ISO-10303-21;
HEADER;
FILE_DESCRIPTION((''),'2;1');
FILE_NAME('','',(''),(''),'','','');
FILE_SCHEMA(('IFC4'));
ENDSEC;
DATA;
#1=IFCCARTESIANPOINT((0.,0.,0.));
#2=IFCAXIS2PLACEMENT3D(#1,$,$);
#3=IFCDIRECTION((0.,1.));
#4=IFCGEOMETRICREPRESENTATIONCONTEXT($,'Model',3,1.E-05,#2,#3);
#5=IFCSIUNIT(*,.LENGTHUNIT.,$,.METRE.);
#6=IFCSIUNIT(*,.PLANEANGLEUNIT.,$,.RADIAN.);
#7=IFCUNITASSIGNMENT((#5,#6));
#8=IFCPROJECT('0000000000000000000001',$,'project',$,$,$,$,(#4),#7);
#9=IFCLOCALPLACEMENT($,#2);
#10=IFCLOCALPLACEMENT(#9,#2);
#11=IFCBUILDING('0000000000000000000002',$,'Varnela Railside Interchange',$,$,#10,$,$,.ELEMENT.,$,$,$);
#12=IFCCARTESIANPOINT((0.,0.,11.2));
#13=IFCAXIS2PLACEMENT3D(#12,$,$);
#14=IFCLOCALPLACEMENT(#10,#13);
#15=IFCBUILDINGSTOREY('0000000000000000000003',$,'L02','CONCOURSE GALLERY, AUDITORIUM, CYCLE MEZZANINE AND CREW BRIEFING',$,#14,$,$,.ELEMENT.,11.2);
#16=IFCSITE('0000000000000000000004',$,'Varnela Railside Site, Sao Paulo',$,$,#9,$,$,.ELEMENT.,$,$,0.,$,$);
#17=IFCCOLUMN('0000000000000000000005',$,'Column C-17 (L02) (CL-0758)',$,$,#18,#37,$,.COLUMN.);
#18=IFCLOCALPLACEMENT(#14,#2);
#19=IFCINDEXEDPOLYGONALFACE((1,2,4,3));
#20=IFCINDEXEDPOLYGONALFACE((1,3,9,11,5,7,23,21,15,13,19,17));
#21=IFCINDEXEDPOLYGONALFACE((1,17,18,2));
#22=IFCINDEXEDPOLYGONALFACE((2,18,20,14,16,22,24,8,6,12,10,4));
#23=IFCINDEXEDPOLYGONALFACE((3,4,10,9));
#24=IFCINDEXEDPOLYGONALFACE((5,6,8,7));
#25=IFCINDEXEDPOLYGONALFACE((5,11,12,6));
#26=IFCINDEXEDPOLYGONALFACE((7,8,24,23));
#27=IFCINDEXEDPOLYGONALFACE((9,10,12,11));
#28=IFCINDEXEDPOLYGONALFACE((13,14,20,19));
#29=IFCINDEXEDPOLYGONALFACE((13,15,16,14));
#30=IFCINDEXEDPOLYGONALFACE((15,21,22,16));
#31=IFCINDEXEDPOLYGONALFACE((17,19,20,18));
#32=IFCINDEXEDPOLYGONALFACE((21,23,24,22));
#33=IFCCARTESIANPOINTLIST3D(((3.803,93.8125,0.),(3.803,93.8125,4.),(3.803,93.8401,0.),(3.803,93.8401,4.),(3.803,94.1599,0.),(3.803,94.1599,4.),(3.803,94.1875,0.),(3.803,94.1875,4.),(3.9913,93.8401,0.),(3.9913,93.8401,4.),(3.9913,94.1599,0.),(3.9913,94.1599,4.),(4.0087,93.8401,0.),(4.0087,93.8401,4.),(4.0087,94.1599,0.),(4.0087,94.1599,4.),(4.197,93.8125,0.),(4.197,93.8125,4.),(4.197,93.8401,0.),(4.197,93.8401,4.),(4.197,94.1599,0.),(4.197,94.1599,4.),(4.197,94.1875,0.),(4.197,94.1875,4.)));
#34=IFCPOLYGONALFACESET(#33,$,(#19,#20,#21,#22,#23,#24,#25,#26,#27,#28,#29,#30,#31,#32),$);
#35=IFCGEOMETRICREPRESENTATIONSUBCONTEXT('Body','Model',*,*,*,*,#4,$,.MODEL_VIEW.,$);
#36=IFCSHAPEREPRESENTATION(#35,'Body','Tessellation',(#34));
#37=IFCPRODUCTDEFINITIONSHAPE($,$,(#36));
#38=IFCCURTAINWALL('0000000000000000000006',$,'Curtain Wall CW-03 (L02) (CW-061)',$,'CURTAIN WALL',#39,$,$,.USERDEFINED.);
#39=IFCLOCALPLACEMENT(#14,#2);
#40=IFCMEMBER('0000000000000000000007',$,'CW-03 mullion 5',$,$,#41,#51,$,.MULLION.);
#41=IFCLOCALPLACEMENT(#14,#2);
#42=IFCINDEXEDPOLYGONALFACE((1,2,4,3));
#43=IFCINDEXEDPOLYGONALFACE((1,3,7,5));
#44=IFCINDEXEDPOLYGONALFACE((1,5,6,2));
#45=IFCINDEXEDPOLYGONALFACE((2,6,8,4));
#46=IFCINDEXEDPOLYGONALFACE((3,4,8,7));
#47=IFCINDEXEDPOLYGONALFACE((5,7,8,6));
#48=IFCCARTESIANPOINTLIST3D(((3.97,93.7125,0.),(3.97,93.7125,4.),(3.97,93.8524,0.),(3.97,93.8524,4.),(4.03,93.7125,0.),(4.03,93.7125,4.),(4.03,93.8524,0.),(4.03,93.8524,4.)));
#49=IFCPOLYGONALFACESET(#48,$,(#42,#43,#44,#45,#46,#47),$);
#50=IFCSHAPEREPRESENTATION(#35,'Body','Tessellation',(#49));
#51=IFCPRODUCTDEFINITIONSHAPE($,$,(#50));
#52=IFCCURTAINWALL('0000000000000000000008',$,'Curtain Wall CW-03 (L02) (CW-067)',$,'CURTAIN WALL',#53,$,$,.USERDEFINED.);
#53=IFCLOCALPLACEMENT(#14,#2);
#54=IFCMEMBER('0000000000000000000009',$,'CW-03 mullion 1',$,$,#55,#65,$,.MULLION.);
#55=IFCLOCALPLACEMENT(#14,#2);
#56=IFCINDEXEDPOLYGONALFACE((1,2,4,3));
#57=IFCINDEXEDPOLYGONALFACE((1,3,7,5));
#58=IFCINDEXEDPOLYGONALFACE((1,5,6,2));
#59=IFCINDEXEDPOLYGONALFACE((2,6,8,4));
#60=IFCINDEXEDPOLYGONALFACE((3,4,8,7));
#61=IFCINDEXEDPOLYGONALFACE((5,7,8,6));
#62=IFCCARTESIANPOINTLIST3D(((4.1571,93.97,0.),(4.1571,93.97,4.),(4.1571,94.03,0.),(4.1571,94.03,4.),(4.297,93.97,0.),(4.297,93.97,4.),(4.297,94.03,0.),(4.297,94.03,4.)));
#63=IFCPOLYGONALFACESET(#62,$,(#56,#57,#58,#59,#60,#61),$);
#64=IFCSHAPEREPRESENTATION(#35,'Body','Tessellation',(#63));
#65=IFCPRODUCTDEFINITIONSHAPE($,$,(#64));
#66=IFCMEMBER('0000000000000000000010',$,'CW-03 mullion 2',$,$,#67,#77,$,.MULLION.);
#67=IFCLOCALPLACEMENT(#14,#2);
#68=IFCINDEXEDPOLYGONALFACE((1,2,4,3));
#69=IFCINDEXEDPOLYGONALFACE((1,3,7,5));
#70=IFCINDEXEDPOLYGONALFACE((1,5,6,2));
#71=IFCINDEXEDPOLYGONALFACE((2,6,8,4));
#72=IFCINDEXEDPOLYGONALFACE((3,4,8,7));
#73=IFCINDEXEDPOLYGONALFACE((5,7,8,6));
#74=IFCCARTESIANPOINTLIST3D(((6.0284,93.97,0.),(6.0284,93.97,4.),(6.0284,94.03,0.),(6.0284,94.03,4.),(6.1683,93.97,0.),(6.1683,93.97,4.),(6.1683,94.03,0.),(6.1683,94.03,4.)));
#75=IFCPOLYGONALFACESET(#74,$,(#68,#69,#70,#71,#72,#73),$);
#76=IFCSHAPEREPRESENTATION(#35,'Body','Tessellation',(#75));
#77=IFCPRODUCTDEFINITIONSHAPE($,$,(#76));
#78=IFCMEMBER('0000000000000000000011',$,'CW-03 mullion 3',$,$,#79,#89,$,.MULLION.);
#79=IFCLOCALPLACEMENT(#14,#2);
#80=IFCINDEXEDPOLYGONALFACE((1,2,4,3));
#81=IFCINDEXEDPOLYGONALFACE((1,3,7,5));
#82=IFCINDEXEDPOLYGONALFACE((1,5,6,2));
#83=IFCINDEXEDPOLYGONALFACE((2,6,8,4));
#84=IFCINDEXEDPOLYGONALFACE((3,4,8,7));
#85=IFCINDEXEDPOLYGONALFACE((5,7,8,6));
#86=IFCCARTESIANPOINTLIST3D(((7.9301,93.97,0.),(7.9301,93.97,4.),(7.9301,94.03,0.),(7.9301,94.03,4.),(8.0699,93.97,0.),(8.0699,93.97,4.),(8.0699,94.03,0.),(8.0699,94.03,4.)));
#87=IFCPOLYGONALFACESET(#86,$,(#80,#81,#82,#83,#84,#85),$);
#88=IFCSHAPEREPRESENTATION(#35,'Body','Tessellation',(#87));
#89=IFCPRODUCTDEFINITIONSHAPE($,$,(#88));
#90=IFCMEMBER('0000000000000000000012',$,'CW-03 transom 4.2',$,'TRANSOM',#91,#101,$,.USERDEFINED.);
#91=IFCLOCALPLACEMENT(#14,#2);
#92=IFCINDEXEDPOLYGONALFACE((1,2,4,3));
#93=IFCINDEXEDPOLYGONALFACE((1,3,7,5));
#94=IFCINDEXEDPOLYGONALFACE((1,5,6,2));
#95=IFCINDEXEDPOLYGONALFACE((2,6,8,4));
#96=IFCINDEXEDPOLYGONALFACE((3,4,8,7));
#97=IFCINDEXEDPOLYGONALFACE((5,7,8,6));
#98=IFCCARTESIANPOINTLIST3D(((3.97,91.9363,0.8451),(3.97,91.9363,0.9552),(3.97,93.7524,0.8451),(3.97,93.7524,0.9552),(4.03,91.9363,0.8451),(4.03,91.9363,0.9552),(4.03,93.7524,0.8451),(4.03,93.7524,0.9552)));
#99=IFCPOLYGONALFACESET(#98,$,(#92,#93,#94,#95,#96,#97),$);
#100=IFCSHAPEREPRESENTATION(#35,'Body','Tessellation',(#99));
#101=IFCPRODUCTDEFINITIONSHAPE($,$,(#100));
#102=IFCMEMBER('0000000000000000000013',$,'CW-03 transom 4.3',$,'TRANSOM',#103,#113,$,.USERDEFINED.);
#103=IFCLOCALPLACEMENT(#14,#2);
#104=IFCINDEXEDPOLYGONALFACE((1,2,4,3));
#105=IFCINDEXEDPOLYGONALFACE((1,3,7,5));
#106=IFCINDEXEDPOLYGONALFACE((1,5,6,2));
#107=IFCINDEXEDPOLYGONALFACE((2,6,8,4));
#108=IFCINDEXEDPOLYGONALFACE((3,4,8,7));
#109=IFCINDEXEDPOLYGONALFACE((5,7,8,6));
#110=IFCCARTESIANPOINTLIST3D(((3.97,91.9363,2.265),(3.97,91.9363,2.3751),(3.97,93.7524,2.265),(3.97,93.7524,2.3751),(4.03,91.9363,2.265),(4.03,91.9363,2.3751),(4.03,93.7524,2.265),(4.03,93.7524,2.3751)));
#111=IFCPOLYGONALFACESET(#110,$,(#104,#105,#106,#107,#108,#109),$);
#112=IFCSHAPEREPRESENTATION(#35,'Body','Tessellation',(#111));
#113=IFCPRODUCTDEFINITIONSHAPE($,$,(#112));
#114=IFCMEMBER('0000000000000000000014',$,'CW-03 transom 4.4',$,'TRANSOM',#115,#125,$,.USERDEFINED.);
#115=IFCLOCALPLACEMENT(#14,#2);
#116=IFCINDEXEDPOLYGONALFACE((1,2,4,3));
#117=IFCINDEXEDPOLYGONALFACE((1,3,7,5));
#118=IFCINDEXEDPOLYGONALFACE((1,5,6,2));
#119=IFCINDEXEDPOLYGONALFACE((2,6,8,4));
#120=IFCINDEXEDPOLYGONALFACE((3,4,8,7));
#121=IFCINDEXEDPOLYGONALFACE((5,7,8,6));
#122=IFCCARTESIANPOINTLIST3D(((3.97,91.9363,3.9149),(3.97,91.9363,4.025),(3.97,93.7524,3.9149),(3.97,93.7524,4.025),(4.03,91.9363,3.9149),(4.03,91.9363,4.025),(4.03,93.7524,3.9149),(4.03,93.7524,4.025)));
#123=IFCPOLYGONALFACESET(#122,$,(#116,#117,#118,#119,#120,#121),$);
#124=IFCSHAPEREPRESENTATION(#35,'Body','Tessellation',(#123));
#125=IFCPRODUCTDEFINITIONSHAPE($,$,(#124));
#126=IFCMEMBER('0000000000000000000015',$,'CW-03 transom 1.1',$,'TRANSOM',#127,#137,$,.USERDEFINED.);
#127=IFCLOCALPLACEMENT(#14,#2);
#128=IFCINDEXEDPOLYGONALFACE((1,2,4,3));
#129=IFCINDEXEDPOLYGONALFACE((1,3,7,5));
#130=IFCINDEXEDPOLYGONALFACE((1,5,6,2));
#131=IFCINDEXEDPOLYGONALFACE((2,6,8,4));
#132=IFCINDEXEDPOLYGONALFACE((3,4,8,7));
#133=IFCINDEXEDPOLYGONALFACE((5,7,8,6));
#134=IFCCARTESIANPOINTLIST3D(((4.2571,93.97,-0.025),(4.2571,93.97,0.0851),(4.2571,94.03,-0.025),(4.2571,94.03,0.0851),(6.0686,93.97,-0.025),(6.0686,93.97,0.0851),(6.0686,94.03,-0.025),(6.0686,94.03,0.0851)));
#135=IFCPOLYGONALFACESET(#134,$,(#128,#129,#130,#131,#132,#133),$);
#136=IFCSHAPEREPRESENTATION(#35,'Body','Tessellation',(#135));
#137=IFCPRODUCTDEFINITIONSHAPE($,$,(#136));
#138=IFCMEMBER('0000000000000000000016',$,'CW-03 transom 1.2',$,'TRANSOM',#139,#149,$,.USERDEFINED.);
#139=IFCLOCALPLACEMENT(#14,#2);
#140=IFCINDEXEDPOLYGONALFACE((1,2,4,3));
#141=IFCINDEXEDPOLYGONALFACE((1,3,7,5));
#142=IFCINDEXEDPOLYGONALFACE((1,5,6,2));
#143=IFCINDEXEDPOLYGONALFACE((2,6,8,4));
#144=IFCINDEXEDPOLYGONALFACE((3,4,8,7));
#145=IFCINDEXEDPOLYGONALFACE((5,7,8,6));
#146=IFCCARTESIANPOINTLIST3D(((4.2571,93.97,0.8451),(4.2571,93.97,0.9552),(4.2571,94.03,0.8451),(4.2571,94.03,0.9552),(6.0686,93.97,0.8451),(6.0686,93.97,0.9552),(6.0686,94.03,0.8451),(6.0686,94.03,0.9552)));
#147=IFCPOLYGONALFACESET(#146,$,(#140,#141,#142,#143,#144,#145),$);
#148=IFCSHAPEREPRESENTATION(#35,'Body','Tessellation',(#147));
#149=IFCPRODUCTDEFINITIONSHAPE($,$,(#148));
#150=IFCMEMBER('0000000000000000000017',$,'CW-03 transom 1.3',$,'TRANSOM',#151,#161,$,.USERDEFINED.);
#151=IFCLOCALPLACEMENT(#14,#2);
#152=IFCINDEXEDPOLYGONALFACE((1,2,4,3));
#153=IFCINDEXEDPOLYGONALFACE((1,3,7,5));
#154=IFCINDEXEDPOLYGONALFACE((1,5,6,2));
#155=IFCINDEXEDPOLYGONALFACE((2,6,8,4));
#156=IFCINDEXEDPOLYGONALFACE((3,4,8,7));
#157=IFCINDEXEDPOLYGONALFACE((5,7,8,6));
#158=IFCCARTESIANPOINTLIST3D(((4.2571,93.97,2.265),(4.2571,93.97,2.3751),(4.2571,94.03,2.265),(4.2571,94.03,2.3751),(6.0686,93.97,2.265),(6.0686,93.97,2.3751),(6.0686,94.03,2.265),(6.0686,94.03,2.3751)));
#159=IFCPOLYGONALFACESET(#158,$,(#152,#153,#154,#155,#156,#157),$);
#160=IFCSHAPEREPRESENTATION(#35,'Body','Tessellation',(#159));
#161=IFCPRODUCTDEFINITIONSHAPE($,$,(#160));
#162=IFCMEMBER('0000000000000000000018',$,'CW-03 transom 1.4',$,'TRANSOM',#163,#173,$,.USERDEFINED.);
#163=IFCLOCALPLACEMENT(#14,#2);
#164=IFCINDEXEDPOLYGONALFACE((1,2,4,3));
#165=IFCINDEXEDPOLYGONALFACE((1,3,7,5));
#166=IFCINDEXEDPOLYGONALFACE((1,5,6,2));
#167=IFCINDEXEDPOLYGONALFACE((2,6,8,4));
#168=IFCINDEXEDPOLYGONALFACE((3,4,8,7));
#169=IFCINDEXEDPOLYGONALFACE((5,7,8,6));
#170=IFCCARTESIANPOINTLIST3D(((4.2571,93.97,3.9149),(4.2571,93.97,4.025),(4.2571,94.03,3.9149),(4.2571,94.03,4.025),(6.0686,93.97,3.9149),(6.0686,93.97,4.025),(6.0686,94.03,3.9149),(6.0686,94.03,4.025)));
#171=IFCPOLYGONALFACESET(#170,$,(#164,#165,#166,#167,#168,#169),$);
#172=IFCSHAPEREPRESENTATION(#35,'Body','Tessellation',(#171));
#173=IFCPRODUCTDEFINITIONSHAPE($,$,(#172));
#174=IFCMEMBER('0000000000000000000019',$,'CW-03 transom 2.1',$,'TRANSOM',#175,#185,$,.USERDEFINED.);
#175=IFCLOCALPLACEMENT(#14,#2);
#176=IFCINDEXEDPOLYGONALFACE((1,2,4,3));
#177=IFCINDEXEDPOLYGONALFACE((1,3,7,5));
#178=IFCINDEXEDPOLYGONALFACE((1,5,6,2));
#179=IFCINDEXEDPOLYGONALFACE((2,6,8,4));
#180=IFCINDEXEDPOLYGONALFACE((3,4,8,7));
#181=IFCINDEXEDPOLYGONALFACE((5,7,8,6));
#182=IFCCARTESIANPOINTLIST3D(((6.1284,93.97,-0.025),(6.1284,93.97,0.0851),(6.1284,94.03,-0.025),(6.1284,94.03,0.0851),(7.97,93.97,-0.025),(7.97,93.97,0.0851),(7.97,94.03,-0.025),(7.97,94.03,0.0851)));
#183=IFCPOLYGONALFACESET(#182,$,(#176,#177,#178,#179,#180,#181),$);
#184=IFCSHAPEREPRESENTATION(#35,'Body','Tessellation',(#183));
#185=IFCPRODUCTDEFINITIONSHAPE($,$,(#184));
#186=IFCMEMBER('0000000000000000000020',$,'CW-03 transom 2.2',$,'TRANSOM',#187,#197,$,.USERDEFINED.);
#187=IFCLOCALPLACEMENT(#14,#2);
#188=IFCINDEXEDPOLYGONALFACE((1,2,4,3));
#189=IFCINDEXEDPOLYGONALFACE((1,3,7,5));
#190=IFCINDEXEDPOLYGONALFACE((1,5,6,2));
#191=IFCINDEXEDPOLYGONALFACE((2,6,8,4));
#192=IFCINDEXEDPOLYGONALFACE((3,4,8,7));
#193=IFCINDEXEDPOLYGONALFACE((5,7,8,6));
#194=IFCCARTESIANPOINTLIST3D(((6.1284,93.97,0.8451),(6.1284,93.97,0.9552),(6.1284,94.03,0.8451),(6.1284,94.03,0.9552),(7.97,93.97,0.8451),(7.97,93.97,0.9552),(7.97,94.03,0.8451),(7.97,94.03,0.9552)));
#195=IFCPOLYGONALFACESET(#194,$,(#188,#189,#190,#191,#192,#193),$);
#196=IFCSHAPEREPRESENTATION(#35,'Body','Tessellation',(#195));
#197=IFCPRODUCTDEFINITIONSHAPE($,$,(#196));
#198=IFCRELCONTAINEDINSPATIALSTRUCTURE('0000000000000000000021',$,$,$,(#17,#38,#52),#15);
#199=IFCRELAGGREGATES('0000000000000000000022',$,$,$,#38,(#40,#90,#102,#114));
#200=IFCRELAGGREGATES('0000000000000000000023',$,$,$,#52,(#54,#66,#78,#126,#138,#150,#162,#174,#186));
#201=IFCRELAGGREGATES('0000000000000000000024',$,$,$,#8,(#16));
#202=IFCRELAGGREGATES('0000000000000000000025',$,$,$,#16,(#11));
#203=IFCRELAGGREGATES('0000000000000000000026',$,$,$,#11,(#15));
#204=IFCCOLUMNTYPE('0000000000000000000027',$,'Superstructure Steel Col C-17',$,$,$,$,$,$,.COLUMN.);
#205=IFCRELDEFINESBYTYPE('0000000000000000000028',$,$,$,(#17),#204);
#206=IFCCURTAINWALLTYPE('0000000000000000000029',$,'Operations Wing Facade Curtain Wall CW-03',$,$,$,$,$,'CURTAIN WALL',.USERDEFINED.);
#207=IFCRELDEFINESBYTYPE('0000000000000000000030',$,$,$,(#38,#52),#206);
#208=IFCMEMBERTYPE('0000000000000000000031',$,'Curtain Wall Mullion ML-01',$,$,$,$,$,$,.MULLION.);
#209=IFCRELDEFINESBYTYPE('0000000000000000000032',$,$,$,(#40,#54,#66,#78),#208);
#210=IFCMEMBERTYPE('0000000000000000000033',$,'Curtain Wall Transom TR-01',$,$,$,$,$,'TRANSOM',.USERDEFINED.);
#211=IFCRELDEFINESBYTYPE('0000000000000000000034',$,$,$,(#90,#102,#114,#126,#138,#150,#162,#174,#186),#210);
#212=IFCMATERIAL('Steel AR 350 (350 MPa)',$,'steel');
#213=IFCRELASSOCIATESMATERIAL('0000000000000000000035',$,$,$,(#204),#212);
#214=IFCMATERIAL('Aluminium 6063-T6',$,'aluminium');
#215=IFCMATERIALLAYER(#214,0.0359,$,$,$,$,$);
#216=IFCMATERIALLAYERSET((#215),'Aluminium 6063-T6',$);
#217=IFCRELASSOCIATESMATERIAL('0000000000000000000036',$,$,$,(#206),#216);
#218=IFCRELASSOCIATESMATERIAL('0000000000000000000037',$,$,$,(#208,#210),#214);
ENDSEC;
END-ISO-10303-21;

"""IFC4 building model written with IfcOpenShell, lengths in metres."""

from ifc_helpers import new_model, si_unit, direction, frame, origin, origin_2d, place, context, subcontext, project, spatial, rectangle, i_section, extrude, material, layer, layer_set, material_profile, profile_set, type_object, element, aggregate, save


model = new_model("IFC4")

# Units and contexts
model_context = context("Model", 3, precision=1e-05, world=origin(), true_north=direction((0.0, 1.0)))
body_context = subcontext(model_context, "Body", "Model", "MODEL_VIEW")
ifc_project = project(units=[si_unit("LENGTHUNIT", "METRE"), si_unit("PLANEANGLEUNIT", "RADIAN")], contexts=[model_context])

# Site, building, storey
site_placement = place(None, origin())
site = spatial("IfcSite", under=ifc_project, at=site_placement, Name="Varnela Railside Site, Sao Paulo", CompositionType="ELEMENT", RefElevation=0.0)
building_placement = place(site_placement, origin())
building = spatial("IfcBuilding", under=site, at=building_placement, Name="Varnela Railside Interchange", CompositionType="ELEMENT")
storey_placement = place(building_placement, frame((0.0, 0.0, 11.2)))
storey = spatial("IfcBuildingStorey", under=building, at=storey_placement, Name="L02", Description="CONCOURSE GALLERY, AUDITORIUM, CYCLE MEZZANINE AND CREW BRIEFING", CompositionType="ELEMENT", Elevation=11.2)

# Column
ifc_material_1 = material(Name="Steel AR 350 (350 MPa)", Category="steel")
ifc_material_profile_1 = material_profile(ifc_material_1, i_section(OverallWidth=0.394, OverallDepth=0.375, WebThickness=0.0173, FlangeThickness=0.0276, at=origin_2d()), Name="W360x216")
ifc_profile_set_1 = profile_set([ifc_material_profile_1], Name="Steel AR 350 (350 MPa)")
column_type = type_object("IfcColumnType", Name="Superstructure Steel Col C-17", PredefinedType="COLUMN", material=ifc_profile_set_1)
column_placement = place(storey_placement, frame((4.0, 94.0, 0.0), z_axis=(0.0, 0.0, 1.0), x_axis=(1.0, 0.0, 0.0)))
element("IfcColumn", 1, at=column_placement, inside=storey, type_object=column_type, Name="Column C-17 (L02) (CL-0758)", PredefinedType="COLUMN", context=body_context, shape_type="SweptSolid", body=[
    extrude(i_section(OverallWidth=0.394, OverallDepth=0.375, WebThickness=0.0173, FlangeThickness=0.0276, at=origin_2d()), origin(), (0.0, 0.0, 1.0), 4.0),
])

# Curtain wall, member
ifc_material_2 = material(Name="Aluminium 6063-T6", Category="aluminium")
ifc_layer_1 = layer(ifc_material_2, 0.0359)
ifc_layer_set_1 = layer_set([ifc_layer_1], Name="Aluminium 6063-T6")
curtain_wall_type = type_object("IfcCurtainWallType", Name="Operations Wing Facade Curtain Wall CW-03", ElementType="CURTAIN WALL", PredefinedType="USERDEFINED", material=ifc_layer_set_1)
curtain_wall_1_placement = place(storey_placement, origin())
curtain_wall_1 = element("IfcCurtainWall", 2, at=curtain_wall_1_placement, inside=storey, type_object=curtain_wall_type, Name="Curtain Wall CW-03 (L02) (CW-061)", ObjectType="CURTAIN WALL", PredefinedType="USERDEFINED")
ifc_material_profile_2 = material_profile(ifc_material_2, rectangle(XDim=0.0601, YDim=0.1399, at=origin_2d()), Name="ALU 60x140")
ifc_profile_set_2 = profile_set([ifc_material_profile_2], Name="Aluminium 6063-T6")
member_type_1 = type_object("IfcMemberType", Name="Curtain Wall Mullion ML-01", PredefinedType="MULLION", material=ifc_profile_set_2)
member_1_placement = place(storey_placement, frame((4.0, 93.7825, 0.0), z_axis=(0.0, 0.0, 1.0), x_axis=(-1.0, 0.0, 0.0)))
member_1 = element("IfcMember", 3, at=member_1_placement, type_object=member_type_1, Name="CW-03 mullion 5", PredefinedType="MULLION", context=body_context, shape_type="SweptSolid", body=[
    extrude(rectangle(XDim=0.0601, YDim=0.1399, at=origin_2d()), origin(), (0.0, 0.0, 1.0), 4.0),
])

# Curtain wall, members
curtain_wall_2_placement = place(storey_placement, origin())
curtain_wall_2 = element("IfcCurtainWall", 4, at=curtain_wall_2_placement, inside=storey, type_object=curtain_wall_type, Name="Curtain Wall CW-03 (L02) (CW-067)", ObjectType="CURTAIN WALL", PredefinedType="USERDEFINED")
member_2_placement = place(storey_placement, frame((4.2271, 94.0, 0.0), z_axis=(0.0, 0.0, 1.0), x_axis=(0.0, 1.0, 0.0)))
member_2 = element("IfcMember", 5, at=member_2_placement, type_object=member_type_1, Name="CW-03 mullion 1", PredefinedType="MULLION", context=body_context, shape_type="SweptSolid", body=[
    extrude(rectangle(XDim=0.0601, YDim=0.1399, at=origin_2d()), origin(), (0.0, 0.0, 1.0), 4.0),
])
member_3_placement = place(storey_placement, frame((6.0984, 94.0, 0.0), z_axis=(0.0, 0.0, 1.0), x_axis=(0.0, 1.0, 0.0)))
member_3 = element("IfcMember", 6, at=member_3_placement, type_object=member_type_1, Name="CW-03 mullion 2", PredefinedType="MULLION", context=body_context, shape_type="SweptSolid", body=[
    extrude(rectangle(XDim=0.0601, YDim=0.1399, at=origin_2d()), origin(), (0.0, 0.0, 1.0), 4.0),
])
member_4_placement = place(storey_placement, frame((8.0, 94.0, 0.0), z_axis=(0.0, 0.0, 1.0), x_axis=(0.0, 1.0, 0.0)))
member_4 = element("IfcMember", 7, at=member_4_placement, type_object=member_type_1, Name="CW-03 mullion 3", PredefinedType="MULLION", context=body_context, shape_type="SweptSolid", body=[
    extrude(rectangle(XDim=0.0601, YDim=0.1399, at=origin_2d()), origin(), (0.0, 0.0, 1.0), 4.0),
])

# Members
ifc_material_profile_3 = material_profile(ifc_material_2, rectangle(XDim=0.0601, YDim=0.1101, at=origin_2d()), Name="ALU 60x110")
ifc_profile_set_3 = profile_set([ifc_material_profile_3], Name="Aluminium 6063-T6")
member_type_2 = type_object("IfcMemberType", Name="Curtain Wall Transom TR-01", ElementType="TRANSOM", PredefinedType="USERDEFINED", material=ifc_profile_set_3)
member_5_placement = place(storey_placement, frame((4.0, 91.9363, 0.9001), z_axis=(0.0, 1.0, 0.0), x_axis=(-1.0, 0.0, 0.0)))
member_5 = element("IfcMember", 8, at=member_5_placement, type_object=member_type_2, Name="CW-03 transom 4.2", ObjectType="TRANSOM", PredefinedType="USERDEFINED", context=body_context, shape_type="SweptSolid", body=[
    extrude(rectangle(XDim=0.0601, YDim=0.1101, at=origin_2d()), origin(), (0.0, 0.0, 1.0), 1.8162),
])
member_6_placement = place(storey_placement, frame((4.0, 91.9363, 2.3201), z_axis=(0.0, 1.0, 0.0), x_axis=(-1.0, 0.0, 0.0)))
member_6 = element("IfcMember", 9, at=member_6_placement, type_object=member_type_2, Name="CW-03 transom 4.3", ObjectType="TRANSOM", PredefinedType="USERDEFINED", context=body_context, shape_type="SweptSolid", body=[
    extrude(rectangle(XDim=0.0601, YDim=0.1101, at=origin_2d()), origin(), (0.0, 0.0, 1.0), 1.8162),
])
member_7_placement = place(storey_placement, frame((4.0, 91.9363, 3.97), z_axis=(0.0, 1.0, 0.0), x_axis=(-1.0, 0.0, 0.0)))
member_7 = element("IfcMember", 10, at=member_7_placement, type_object=member_type_2, Name="CW-03 transom 4.4", ObjectType="TRANSOM", PredefinedType="USERDEFINED", context=body_context, shape_type="SweptSolid", body=[
    extrude(rectangle(XDim=0.0601, YDim=0.1101, at=origin_2d()), origin(), (0.0, 0.0, 1.0), 1.8162),
])
member_8_placement = place(storey_placement, frame((4.2571, 94.0, 0.03), z_axis=(1.0, 0.0, 0.0), x_axis=(0.0, 1.0, 0.0)))
member_8 = element("IfcMember", 11, at=member_8_placement, type_object=member_type_2, Name="CW-03 transom 1.1", ObjectType="TRANSOM", PredefinedType="USERDEFINED", context=body_context, shape_type="SweptSolid", body=[
    extrude(rectangle(XDim=0.0601, YDim=0.1101, at=origin_2d()), origin(), (0.0, 0.0, 1.0), 1.8115),
])
member_9_placement = place(storey_placement, frame((4.2571, 94.0, 0.9001), z_axis=(1.0, 0.0, 0.0), x_axis=(0.0, 1.0, 0.0)))
member_9 = element("IfcMember", 12, at=member_9_placement, type_object=member_type_2, Name="CW-03 transom 1.2", ObjectType="TRANSOM", PredefinedType="USERDEFINED", context=body_context, shape_type="SweptSolid", body=[
    extrude(rectangle(XDim=0.0601, YDim=0.1101, at=origin_2d()), origin(), (0.0, 0.0, 1.0), 1.8115),
])
member_10_placement = place(storey_placement, frame((4.2571, 94.0, 2.3201), z_axis=(1.0, 0.0, 0.0), x_axis=(0.0, 1.0, 0.0)))
member_10 = element("IfcMember", 13, at=member_10_placement, type_object=member_type_2, Name="CW-03 transom 1.3", ObjectType="TRANSOM", PredefinedType="USERDEFINED", context=body_context, shape_type="SweptSolid", body=[
    extrude(rectangle(XDim=0.0601, YDim=0.1101, at=origin_2d()), origin(), (0.0, 0.0, 1.0), 1.8115),
])
member_11_placement = place(storey_placement, frame((4.2571, 94.0, 3.97), z_axis=(1.0, 0.0, 0.0), x_axis=(0.0, 1.0, 0.0)))
member_11 = element("IfcMember", 14, at=member_11_placement, type_object=member_type_2, Name="CW-03 transom 1.4", ObjectType="TRANSOM", PredefinedType="USERDEFINED", context=body_context, shape_type="SweptSolid", body=[
    extrude(rectangle(XDim=0.0601, YDim=0.1101, at=origin_2d()), origin(), (0.0, 0.0, 1.0), 1.8115),
])
member_12_placement = place(storey_placement, frame((6.1284, 94.0, 0.03), z_axis=(1.0, 0.0, 0.0), x_axis=(0.0, 1.0, 0.0)))
member_12 = element("IfcMember", 15, at=member_12_placement, type_object=member_type_2, Name="CW-03 transom 2.1", ObjectType="TRANSOM", PredefinedType="USERDEFINED", context=body_context, shape_type="SweptSolid", body=[
    extrude(rectangle(XDim=0.0601, YDim=0.1101, at=origin_2d()), origin(), (0.0, 0.0, 1.0), 1.8416),
])
member_13_placement = place(storey_placement, frame((6.1284, 94.0, 0.9001), z_axis=(1.0, 0.0, 0.0), x_axis=(0.0, 1.0, 0.0)))
member_13 = element("IfcMember", 16, at=member_13_placement, type_object=member_type_2, Name="CW-03 transom 2.2", ObjectType="TRANSOM", PredefinedType="USERDEFINED", context=body_context, shape_type="SweptSolid", body=[
    extrude(rectangle(XDim=0.0601, YDim=0.1101, at=origin_2d()), origin(), (0.0, 0.0, 1.0), 1.8416),
])

aggregate(curtain_wall_1, [member_1, member_5, member_6, member_7])
aggregate(curtain_wall_2, [member_2, member_3, member_4, member_8, member_9, member_10, member_11, member_12, member_13])

save(model, "model.ifc")
